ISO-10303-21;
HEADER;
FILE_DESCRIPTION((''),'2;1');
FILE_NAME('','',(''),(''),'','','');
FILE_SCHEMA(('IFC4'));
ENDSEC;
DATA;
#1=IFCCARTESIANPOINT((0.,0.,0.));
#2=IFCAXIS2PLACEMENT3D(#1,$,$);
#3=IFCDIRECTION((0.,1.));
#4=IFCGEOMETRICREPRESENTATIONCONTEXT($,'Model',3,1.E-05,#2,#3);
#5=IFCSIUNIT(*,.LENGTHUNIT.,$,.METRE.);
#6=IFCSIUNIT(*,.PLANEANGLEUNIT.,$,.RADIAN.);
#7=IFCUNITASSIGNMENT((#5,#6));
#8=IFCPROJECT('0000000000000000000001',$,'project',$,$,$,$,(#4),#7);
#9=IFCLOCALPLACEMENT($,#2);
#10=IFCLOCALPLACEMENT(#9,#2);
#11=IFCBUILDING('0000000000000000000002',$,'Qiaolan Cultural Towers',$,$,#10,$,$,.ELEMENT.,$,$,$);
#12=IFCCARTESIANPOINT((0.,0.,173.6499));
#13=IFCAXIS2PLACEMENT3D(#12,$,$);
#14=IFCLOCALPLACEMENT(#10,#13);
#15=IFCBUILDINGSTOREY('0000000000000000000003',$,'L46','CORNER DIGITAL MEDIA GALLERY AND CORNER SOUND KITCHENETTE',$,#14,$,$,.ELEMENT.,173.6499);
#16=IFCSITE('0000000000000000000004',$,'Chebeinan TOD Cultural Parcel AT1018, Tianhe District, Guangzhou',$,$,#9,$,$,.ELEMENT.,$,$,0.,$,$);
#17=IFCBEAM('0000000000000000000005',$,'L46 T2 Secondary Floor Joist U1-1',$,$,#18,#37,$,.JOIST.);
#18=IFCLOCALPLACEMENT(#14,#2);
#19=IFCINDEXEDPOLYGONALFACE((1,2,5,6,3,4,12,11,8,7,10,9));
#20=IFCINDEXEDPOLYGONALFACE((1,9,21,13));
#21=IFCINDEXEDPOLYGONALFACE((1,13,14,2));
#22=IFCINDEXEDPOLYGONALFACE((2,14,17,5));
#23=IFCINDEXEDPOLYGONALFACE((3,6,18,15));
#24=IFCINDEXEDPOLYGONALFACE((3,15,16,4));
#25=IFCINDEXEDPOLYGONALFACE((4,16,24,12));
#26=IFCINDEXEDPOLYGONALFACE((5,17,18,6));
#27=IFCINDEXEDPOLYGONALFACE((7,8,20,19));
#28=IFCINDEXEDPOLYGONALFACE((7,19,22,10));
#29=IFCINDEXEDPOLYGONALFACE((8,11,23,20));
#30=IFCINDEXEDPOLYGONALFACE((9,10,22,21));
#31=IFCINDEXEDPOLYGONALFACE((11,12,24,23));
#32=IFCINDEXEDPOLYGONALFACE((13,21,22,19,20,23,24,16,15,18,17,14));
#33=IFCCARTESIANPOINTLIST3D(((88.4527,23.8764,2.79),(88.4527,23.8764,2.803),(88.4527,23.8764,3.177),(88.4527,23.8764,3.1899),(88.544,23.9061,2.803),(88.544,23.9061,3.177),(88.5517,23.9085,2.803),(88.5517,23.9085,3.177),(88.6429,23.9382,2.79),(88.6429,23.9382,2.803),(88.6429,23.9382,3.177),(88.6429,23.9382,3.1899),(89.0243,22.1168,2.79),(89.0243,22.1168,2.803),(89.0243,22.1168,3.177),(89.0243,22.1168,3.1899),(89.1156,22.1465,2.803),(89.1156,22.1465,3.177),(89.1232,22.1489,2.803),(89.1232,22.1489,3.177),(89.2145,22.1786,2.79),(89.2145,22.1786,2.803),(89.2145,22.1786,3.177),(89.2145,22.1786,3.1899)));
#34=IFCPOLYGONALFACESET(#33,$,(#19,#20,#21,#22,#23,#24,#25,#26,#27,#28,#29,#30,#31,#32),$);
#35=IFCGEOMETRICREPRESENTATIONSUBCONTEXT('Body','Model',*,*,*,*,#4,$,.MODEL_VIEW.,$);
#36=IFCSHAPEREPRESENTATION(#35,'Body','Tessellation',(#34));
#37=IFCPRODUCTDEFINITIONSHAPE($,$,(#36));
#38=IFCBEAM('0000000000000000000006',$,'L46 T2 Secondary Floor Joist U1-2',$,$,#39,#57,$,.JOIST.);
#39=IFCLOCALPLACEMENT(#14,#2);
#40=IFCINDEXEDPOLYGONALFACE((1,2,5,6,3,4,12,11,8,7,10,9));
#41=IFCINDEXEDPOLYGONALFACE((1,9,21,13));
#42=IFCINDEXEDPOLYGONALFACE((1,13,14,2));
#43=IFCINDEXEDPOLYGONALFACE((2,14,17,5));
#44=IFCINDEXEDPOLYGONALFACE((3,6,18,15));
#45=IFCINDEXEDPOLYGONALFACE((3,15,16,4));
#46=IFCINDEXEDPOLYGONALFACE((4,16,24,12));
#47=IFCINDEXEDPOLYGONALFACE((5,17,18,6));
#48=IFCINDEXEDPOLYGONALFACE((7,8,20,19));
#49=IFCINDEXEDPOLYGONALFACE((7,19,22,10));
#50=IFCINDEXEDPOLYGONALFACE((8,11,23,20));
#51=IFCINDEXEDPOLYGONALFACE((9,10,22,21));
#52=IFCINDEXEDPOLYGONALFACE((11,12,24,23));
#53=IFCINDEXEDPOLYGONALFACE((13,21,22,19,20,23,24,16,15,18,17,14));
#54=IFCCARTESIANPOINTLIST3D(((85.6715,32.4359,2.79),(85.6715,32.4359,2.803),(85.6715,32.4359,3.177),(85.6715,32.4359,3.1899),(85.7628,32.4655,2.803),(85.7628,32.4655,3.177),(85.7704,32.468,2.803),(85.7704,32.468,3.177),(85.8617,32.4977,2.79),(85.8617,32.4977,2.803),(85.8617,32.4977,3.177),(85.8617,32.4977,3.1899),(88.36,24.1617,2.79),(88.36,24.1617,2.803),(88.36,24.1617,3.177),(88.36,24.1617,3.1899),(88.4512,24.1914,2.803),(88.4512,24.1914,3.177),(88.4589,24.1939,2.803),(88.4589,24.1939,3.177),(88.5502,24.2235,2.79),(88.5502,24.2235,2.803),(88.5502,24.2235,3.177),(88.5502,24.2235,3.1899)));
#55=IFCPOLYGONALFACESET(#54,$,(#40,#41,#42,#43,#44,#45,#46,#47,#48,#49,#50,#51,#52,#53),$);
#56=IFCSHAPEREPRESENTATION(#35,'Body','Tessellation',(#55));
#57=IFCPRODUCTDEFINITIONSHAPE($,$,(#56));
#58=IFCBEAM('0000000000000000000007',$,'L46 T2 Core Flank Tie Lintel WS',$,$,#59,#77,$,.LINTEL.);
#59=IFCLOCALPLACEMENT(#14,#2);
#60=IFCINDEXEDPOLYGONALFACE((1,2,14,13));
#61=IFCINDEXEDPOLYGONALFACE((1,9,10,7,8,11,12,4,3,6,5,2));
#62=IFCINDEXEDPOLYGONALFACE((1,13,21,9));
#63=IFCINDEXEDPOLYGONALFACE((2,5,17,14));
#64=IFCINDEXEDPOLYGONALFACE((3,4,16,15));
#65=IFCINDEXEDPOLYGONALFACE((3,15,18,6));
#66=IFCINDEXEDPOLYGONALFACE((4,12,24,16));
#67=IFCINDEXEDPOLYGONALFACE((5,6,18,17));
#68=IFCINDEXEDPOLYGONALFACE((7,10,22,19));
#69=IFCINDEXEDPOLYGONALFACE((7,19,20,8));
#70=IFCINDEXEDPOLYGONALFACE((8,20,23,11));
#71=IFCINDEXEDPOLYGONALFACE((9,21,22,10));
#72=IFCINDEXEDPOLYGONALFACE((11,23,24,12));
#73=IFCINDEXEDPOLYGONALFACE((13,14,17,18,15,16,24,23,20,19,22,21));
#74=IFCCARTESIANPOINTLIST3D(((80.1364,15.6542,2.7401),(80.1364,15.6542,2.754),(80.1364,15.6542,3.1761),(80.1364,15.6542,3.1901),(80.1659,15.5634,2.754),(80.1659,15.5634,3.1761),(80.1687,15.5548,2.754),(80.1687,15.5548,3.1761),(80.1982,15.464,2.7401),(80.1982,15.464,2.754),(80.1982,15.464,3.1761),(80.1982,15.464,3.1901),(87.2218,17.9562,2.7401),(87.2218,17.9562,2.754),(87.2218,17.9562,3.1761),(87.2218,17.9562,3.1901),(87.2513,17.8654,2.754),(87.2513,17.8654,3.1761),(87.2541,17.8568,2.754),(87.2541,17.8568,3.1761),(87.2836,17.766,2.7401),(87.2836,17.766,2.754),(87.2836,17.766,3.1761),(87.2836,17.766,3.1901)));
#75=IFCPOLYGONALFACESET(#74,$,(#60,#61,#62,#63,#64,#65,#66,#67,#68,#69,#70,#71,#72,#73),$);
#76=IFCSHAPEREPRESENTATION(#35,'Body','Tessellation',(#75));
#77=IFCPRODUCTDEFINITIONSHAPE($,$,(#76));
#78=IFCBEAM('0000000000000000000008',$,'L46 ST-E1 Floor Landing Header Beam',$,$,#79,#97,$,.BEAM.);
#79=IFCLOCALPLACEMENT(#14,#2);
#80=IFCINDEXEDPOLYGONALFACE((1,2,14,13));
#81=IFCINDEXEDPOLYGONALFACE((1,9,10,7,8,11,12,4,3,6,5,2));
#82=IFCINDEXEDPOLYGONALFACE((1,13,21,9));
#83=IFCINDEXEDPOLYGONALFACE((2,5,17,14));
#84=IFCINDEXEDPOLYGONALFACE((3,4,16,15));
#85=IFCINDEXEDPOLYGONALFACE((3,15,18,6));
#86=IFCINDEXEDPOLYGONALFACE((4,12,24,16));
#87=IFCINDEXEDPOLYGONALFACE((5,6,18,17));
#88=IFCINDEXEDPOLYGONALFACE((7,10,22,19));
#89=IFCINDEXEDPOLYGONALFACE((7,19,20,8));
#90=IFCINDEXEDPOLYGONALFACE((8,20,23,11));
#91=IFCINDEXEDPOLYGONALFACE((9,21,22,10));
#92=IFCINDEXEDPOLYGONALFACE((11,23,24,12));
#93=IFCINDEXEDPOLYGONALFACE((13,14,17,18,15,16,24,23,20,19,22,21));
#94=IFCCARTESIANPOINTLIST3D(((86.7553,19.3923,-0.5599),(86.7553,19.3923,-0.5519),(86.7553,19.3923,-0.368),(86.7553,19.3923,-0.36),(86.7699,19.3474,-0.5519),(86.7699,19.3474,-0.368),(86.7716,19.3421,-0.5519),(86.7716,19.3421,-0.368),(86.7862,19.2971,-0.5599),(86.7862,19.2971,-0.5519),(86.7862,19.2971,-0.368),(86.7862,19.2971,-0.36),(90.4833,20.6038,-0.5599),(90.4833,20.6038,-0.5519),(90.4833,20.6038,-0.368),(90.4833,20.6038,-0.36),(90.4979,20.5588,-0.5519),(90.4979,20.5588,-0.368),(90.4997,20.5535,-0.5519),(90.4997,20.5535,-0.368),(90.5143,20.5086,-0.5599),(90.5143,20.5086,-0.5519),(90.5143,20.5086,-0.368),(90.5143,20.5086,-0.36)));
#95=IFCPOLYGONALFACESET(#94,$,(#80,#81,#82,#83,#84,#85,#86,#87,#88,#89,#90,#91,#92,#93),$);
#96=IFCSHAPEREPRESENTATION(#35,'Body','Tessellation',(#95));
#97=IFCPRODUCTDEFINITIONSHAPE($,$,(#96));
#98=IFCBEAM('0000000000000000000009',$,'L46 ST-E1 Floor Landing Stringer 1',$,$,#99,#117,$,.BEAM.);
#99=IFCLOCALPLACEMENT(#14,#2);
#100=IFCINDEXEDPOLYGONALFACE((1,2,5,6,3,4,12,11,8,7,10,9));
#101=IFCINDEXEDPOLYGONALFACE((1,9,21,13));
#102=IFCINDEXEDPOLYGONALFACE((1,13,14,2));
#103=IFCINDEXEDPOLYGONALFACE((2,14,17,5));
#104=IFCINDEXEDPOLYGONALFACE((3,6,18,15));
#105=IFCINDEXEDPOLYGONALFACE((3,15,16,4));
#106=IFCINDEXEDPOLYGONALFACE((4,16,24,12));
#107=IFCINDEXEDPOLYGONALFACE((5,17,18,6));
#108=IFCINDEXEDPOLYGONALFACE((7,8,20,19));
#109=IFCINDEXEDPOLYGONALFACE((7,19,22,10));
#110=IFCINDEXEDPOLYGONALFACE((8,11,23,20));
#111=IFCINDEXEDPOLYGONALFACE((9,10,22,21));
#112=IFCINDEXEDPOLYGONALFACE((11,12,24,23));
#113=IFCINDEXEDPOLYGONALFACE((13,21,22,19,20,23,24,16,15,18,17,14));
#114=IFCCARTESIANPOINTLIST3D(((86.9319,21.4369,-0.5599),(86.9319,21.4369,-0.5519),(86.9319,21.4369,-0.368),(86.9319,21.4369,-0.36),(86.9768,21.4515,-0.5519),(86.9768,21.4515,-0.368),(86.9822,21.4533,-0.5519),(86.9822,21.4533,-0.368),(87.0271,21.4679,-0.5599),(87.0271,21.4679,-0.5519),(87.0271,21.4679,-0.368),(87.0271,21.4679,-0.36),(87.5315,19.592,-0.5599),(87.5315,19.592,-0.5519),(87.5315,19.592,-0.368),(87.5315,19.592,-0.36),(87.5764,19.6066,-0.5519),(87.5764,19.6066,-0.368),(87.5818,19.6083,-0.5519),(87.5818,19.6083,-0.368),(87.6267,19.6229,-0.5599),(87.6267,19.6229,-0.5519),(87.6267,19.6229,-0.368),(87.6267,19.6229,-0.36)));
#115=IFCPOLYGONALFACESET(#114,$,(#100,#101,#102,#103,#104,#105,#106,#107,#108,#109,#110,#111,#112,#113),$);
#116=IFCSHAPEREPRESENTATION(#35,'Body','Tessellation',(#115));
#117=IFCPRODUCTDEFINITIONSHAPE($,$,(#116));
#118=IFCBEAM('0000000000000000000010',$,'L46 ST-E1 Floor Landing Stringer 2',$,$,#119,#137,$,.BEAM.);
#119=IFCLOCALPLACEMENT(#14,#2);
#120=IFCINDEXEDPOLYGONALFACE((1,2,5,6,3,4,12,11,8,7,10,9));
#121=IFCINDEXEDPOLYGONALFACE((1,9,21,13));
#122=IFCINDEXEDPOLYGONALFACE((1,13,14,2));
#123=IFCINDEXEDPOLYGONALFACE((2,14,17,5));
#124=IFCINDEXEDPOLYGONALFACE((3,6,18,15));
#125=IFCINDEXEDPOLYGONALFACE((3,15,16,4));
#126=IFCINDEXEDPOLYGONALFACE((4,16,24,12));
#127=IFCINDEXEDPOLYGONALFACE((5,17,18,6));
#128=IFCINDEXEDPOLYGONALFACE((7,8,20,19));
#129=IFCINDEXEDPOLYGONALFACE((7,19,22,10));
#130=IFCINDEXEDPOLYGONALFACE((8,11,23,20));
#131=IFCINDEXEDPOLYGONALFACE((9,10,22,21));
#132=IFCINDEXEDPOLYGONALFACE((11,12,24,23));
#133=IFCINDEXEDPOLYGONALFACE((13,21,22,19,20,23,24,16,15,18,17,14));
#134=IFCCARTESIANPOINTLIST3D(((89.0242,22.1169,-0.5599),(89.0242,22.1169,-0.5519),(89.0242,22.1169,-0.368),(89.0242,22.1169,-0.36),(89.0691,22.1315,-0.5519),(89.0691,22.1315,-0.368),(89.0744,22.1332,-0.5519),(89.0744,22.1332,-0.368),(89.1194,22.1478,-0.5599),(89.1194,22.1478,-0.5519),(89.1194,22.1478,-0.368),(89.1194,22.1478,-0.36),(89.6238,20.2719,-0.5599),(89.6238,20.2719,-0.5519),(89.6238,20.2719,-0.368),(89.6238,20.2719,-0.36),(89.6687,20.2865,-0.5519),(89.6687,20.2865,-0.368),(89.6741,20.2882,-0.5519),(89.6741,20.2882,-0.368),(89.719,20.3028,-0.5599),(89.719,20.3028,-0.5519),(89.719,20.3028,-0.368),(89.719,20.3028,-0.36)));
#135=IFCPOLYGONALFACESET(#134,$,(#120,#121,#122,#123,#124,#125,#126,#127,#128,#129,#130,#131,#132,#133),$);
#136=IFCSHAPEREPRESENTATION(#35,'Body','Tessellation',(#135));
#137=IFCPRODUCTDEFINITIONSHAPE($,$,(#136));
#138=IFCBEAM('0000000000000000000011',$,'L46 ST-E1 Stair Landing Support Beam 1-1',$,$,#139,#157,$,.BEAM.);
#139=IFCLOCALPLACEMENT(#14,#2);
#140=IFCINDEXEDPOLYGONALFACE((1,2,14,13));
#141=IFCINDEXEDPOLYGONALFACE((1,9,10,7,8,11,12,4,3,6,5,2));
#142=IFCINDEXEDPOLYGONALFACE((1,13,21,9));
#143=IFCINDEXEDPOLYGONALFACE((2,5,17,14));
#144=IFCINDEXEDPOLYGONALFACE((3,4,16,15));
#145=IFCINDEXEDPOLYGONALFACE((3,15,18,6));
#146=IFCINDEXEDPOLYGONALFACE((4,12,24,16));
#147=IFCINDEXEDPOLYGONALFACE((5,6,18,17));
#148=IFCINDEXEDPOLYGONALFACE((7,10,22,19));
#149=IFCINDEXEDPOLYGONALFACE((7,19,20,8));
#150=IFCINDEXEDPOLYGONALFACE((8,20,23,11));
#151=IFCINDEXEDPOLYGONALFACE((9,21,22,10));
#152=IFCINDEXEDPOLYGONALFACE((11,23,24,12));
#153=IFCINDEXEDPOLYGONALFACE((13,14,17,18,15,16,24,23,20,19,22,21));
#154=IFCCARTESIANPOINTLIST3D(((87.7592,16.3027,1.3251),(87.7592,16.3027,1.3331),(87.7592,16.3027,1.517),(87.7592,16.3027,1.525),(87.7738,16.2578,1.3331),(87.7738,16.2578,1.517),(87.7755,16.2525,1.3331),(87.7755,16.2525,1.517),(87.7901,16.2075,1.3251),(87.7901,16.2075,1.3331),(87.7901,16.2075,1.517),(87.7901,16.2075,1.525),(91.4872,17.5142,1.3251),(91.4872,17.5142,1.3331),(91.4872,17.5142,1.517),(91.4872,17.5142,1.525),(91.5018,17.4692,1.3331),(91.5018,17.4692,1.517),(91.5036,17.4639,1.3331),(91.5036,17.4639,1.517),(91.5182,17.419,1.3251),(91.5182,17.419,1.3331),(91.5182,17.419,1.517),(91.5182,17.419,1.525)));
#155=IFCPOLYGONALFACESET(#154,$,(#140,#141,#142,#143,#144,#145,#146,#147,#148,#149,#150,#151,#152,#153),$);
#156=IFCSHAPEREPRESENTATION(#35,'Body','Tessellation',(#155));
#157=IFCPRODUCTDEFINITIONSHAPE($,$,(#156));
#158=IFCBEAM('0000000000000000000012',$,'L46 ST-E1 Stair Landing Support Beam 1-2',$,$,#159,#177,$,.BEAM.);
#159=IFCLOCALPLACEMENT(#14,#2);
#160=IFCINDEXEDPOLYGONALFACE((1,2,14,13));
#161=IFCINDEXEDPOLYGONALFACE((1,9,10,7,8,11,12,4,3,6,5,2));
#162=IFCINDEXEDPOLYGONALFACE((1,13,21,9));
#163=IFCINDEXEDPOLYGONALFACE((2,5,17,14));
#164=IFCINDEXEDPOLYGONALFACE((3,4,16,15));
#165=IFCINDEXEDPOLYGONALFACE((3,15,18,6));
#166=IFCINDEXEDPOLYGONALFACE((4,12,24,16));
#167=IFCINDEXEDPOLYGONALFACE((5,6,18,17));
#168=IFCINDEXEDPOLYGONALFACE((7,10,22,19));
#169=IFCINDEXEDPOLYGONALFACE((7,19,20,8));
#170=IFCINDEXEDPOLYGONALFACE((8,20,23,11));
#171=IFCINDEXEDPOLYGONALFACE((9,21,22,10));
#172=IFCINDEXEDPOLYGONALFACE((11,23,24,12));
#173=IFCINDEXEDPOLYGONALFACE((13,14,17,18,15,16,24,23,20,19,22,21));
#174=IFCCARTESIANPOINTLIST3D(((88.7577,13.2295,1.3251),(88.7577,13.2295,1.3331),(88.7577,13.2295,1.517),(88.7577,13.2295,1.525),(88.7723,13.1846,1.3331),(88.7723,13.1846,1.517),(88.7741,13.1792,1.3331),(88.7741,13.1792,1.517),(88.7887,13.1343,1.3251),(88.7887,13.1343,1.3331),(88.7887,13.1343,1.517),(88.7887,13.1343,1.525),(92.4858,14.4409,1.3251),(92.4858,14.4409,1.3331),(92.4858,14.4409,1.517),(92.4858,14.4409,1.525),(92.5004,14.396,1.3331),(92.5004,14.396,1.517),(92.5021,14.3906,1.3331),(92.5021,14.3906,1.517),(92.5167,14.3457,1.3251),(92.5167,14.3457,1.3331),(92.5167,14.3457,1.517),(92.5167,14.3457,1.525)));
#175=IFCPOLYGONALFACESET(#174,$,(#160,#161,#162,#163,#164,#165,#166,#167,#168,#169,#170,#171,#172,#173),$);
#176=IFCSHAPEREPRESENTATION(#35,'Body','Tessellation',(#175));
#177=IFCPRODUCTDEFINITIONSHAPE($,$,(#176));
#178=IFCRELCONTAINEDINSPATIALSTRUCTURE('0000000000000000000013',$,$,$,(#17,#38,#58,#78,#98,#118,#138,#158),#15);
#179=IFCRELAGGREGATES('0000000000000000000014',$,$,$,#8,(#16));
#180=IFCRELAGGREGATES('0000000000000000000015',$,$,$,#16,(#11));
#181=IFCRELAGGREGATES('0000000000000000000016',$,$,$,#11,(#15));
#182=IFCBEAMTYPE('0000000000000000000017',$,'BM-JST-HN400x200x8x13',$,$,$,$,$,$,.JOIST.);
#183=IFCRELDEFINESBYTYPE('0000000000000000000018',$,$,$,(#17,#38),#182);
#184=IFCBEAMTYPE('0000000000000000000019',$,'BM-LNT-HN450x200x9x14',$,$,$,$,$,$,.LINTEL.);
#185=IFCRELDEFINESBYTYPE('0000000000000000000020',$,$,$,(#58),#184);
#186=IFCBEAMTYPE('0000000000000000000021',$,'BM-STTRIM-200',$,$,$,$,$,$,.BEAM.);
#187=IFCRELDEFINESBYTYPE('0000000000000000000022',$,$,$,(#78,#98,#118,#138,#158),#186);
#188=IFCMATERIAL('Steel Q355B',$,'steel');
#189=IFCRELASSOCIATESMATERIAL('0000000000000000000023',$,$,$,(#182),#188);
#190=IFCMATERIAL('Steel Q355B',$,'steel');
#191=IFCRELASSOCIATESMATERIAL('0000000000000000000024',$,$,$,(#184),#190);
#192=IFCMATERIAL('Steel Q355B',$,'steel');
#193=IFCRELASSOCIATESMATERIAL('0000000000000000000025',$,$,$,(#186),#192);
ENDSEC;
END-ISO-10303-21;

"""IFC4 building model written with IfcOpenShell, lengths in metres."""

from ifc_helpers import new_model, si_unit, direction, frame, origin, origin_2d, place, context, subcontext, project, spatial, i_section, extrude, material, material_profile, profile_set, type_object, element, save


model = new_model("IFC4")

# Units and contexts
model_context = context("Model", 3, precision=1e-05, world=origin(), true_north=direction((0.0, 1.0)))
body_context = subcontext(model_context, "Body", "Model", "MODEL_VIEW")
ifc_project = project(units=[si_unit("LENGTHUNIT", "METRE"), si_unit("PLANEANGLEUNIT", "RADIAN")], contexts=[model_context])

# Site, building, storey
site_placement = place(None, origin())
site = spatial("IfcSite", under=ifc_project, at=site_placement, Name="Chebeinan TOD Cultural Parcel AT1018, Tianhe District, Guangzhou", CompositionType="ELEMENT", RefElevation=0.0)
building_placement = place(site_placement, origin())
building = spatial("IfcBuilding", under=site, at=building_placement, Name="Qiaolan Cultural Towers", CompositionType="ELEMENT")
storey_placement = place(building_placement, frame((0.0, 0.0, 173.6499)))
storey = spatial("IfcBuildingStorey", under=building, at=storey_placement, Name="L46", Description="CORNER DIGITAL MEDIA GALLERY AND CORNER SOUND KITCHENETTE", CompositionType="ELEMENT", Elevation=173.6499)

# Beams
ifc_material_1 = material(Name="Steel Q355B", Category="steel")
ifc_material_profile_1 = material_profile(ifc_material_1, i_section(OverallWidth=0.2, OverallDepth=0.3999, WebThickness=0.0081, FlangeThickness=0.0129, at=origin_2d()), Name="HN400x200x8x13")
ifc_profile_set_1 = profile_set([ifc_material_profile_1], Name="Steel Q355B")
beam_type_1 = type_object("IfcBeamType", Name="BM-JST-HN400x200x8x13", PredefinedType="JOIST", material=ifc_profile_set_1)
beam_1_placement = place(storey_placement, frame((89.1194, 22.1477, 2.99), z_axis=(-0.308934, 0.951084, 0.0), x_axis=(-0.951084, -0.308934, 0.0)))
element("IfcBeam", 1, at=beam_1_placement, inside=storey, type_object=beam_type_1, Name="L46 T2 Secondary Floor Joist U1-1", PredefinedType="JOIST", context=body_context, shape_type="SweptSolid", body=[
    extrude(i_section(OverallWidth=0.2, OverallDepth=0.3999, WebThickness=0.0081, FlangeThickness=0.0129, at=origin_2d()), origin(), (0.0, 0.0, 1.0), 1.8501),
])
beam_2_placement = place(storey_placement, frame((88.4551, 24.1926, 2.99), z_axis=(-0.309021, 0.951055, 0.0), x_axis=(-0.951055, -0.309021, 0.0)))
element("IfcBeam", 2, at=beam_2_placement, inside=storey, type_object=beam_type_1, Name="L46 T2 Secondary Floor Joist U1-2", PredefinedType="JOIST", context=body_context, shape_type="SweptSolid", body=[
    extrude(i_section(OverallWidth=0.2, OverallDepth=0.3999, WebThickness=0.0081, FlangeThickness=0.0129, at=origin_2d()), origin(), (0.0, 0.0, 1.0), 8.7),
])
ifc_material_2 = material(Name="Steel Q355B", Category="steel")
ifc_material_profile_2 = material_profile(ifc_material_2, i_section(OverallWidth=0.2, OverallDepth=0.45, WebThickness=0.009, FlangeThickness=0.0139, at=origin_2d()), Name="HN450x200x9x14")
ifc_profile_set_2 = profile_set([ifc_material_profile_2], Name="Steel Q355B")
beam_type_2 = type_object("IfcBeamType", Name="BM-LNT-HN450x200x9x14", PredefinedType="LINTEL", material=ifc_profile_set_2)
beam_3_placement = place(storey_placement, frame((87.2527, 17.8611, 2.9651), z_axis=(-0.951064, -0.308993, 0.0), x_axis=(0.308993, -0.951064, 0.0)))
element("IfcBeam", 3, at=beam_3_placement, inside=storey, type_object=beam_type_2, Name="L46 T2 Core Flank Tie Lintel WS", PredefinedType="LINTEL", context=body_context, shape_type="SweptSolid", body=[
    extrude(i_section(OverallWidth=0.2, OverallDepth=0.45, WebThickness=0.009, FlangeThickness=0.0139, at=origin_2d()), origin(), (0.0, 0.0, 1.0), 7.45),
])
ifc_material_3 = material(Name="Steel Q355B", Category="steel")
ifc_material_profile_3 = material_profile(ifc_material_3, i_section(OverallWidth=0.1001, OverallDepth=0.2, WebThickness=0.0056, FlangeThickness=0.0081, at=origin_2d()), Name="HN200x100x5.5x8")
ifc_profile_set_3 = profile_set([ifc_material_profile_3], Name="Steel Q355B")
beam_type_3 = type_object("IfcBeamType", Name="BM-STTRIM-200", PredefinedType="BEAM", material=ifc_profile_set_3)
beam_4_placement = place(storey_placement, frame((86.7708, 19.3447, -0.46), z_axis=(0.951048, 0.309044, 0.0), x_axis=(-0.309044, 0.951048, 0.0)))
element("IfcBeam", 4, at=beam_4_placement, inside=storey, type_object=beam_type_3, Name="L46 ST-E1 Floor Landing Header Beam", PredefinedType="BEAM", context=body_context, shape_type="SweptSolid", body=[
    extrude(i_section(OverallWidth=0.1001, OverallDepth=0.2, WebThickness=0.0056, FlangeThickness=0.0081, at=origin_2d()), origin(), (0.0, 0.0, 1.0), 3.9199),
])
for number, where, z_axis, x_axis, name in (
    (5, (86.9795, 21.4524, -0.46), (0.309083, -0.951035, 0.0), (0.951035, 0.309083, 0.0), "L46 ST-E1 Floor Landing Stringer 1"),
    (6, (89.0718, 22.1323, -0.46), (0.309083, -0.951035, 0.0), (0.951035, 0.309083, 0.0), "L46 ST-E1 Floor Landing Stringer 2"),
):
    element("IfcBeam", number, at=place(storey_placement, frame(where, z_axis=z_axis, x_axis=x_axis)), inside=storey, type_object=beam_type_3, Name=name, PredefinedType="BEAM", context=body_context, shape_type="SweptSolid", body=[
        extrude(i_section(OverallWidth=0.1001, OverallDepth=0.2, WebThickness=0.0056, FlangeThickness=0.0081, at=origin_2d()), origin(), (0.0, 0.0, 1.0), 1.9399),
    ])
for number, where, z_axis, x_axis, name in (
    (7, (87.7747, 16.2551, 1.425), (0.951048, 0.309044, 0.0), (-0.309044, 0.951048, 0.0), "L46 ST-E1 Stair Landing Support Beam 1-1"),
    (8, (88.7732, 13.1819, 1.425), (0.951048, 0.309044, 0.0), (-0.309044, 0.951048, 0.0), "L46 ST-E1 Stair Landing Support Beam 1-2"),
):
    element("IfcBeam", number, at=place(storey_placement, frame(where, z_axis=z_axis, x_axis=x_axis)), inside=storey, type_object=beam_type_3, Name=name, PredefinedType="BEAM", context=body_context, shape_type="SweptSolid", body=[
        extrude(i_section(OverallWidth=0.1001, OverallDepth=0.2, WebThickness=0.0056, FlangeThickness=0.0081, at=origin_2d()), origin(), (0.0, 0.0, 1.0), 3.9199),
    ])

save(model, "model.ifc")
